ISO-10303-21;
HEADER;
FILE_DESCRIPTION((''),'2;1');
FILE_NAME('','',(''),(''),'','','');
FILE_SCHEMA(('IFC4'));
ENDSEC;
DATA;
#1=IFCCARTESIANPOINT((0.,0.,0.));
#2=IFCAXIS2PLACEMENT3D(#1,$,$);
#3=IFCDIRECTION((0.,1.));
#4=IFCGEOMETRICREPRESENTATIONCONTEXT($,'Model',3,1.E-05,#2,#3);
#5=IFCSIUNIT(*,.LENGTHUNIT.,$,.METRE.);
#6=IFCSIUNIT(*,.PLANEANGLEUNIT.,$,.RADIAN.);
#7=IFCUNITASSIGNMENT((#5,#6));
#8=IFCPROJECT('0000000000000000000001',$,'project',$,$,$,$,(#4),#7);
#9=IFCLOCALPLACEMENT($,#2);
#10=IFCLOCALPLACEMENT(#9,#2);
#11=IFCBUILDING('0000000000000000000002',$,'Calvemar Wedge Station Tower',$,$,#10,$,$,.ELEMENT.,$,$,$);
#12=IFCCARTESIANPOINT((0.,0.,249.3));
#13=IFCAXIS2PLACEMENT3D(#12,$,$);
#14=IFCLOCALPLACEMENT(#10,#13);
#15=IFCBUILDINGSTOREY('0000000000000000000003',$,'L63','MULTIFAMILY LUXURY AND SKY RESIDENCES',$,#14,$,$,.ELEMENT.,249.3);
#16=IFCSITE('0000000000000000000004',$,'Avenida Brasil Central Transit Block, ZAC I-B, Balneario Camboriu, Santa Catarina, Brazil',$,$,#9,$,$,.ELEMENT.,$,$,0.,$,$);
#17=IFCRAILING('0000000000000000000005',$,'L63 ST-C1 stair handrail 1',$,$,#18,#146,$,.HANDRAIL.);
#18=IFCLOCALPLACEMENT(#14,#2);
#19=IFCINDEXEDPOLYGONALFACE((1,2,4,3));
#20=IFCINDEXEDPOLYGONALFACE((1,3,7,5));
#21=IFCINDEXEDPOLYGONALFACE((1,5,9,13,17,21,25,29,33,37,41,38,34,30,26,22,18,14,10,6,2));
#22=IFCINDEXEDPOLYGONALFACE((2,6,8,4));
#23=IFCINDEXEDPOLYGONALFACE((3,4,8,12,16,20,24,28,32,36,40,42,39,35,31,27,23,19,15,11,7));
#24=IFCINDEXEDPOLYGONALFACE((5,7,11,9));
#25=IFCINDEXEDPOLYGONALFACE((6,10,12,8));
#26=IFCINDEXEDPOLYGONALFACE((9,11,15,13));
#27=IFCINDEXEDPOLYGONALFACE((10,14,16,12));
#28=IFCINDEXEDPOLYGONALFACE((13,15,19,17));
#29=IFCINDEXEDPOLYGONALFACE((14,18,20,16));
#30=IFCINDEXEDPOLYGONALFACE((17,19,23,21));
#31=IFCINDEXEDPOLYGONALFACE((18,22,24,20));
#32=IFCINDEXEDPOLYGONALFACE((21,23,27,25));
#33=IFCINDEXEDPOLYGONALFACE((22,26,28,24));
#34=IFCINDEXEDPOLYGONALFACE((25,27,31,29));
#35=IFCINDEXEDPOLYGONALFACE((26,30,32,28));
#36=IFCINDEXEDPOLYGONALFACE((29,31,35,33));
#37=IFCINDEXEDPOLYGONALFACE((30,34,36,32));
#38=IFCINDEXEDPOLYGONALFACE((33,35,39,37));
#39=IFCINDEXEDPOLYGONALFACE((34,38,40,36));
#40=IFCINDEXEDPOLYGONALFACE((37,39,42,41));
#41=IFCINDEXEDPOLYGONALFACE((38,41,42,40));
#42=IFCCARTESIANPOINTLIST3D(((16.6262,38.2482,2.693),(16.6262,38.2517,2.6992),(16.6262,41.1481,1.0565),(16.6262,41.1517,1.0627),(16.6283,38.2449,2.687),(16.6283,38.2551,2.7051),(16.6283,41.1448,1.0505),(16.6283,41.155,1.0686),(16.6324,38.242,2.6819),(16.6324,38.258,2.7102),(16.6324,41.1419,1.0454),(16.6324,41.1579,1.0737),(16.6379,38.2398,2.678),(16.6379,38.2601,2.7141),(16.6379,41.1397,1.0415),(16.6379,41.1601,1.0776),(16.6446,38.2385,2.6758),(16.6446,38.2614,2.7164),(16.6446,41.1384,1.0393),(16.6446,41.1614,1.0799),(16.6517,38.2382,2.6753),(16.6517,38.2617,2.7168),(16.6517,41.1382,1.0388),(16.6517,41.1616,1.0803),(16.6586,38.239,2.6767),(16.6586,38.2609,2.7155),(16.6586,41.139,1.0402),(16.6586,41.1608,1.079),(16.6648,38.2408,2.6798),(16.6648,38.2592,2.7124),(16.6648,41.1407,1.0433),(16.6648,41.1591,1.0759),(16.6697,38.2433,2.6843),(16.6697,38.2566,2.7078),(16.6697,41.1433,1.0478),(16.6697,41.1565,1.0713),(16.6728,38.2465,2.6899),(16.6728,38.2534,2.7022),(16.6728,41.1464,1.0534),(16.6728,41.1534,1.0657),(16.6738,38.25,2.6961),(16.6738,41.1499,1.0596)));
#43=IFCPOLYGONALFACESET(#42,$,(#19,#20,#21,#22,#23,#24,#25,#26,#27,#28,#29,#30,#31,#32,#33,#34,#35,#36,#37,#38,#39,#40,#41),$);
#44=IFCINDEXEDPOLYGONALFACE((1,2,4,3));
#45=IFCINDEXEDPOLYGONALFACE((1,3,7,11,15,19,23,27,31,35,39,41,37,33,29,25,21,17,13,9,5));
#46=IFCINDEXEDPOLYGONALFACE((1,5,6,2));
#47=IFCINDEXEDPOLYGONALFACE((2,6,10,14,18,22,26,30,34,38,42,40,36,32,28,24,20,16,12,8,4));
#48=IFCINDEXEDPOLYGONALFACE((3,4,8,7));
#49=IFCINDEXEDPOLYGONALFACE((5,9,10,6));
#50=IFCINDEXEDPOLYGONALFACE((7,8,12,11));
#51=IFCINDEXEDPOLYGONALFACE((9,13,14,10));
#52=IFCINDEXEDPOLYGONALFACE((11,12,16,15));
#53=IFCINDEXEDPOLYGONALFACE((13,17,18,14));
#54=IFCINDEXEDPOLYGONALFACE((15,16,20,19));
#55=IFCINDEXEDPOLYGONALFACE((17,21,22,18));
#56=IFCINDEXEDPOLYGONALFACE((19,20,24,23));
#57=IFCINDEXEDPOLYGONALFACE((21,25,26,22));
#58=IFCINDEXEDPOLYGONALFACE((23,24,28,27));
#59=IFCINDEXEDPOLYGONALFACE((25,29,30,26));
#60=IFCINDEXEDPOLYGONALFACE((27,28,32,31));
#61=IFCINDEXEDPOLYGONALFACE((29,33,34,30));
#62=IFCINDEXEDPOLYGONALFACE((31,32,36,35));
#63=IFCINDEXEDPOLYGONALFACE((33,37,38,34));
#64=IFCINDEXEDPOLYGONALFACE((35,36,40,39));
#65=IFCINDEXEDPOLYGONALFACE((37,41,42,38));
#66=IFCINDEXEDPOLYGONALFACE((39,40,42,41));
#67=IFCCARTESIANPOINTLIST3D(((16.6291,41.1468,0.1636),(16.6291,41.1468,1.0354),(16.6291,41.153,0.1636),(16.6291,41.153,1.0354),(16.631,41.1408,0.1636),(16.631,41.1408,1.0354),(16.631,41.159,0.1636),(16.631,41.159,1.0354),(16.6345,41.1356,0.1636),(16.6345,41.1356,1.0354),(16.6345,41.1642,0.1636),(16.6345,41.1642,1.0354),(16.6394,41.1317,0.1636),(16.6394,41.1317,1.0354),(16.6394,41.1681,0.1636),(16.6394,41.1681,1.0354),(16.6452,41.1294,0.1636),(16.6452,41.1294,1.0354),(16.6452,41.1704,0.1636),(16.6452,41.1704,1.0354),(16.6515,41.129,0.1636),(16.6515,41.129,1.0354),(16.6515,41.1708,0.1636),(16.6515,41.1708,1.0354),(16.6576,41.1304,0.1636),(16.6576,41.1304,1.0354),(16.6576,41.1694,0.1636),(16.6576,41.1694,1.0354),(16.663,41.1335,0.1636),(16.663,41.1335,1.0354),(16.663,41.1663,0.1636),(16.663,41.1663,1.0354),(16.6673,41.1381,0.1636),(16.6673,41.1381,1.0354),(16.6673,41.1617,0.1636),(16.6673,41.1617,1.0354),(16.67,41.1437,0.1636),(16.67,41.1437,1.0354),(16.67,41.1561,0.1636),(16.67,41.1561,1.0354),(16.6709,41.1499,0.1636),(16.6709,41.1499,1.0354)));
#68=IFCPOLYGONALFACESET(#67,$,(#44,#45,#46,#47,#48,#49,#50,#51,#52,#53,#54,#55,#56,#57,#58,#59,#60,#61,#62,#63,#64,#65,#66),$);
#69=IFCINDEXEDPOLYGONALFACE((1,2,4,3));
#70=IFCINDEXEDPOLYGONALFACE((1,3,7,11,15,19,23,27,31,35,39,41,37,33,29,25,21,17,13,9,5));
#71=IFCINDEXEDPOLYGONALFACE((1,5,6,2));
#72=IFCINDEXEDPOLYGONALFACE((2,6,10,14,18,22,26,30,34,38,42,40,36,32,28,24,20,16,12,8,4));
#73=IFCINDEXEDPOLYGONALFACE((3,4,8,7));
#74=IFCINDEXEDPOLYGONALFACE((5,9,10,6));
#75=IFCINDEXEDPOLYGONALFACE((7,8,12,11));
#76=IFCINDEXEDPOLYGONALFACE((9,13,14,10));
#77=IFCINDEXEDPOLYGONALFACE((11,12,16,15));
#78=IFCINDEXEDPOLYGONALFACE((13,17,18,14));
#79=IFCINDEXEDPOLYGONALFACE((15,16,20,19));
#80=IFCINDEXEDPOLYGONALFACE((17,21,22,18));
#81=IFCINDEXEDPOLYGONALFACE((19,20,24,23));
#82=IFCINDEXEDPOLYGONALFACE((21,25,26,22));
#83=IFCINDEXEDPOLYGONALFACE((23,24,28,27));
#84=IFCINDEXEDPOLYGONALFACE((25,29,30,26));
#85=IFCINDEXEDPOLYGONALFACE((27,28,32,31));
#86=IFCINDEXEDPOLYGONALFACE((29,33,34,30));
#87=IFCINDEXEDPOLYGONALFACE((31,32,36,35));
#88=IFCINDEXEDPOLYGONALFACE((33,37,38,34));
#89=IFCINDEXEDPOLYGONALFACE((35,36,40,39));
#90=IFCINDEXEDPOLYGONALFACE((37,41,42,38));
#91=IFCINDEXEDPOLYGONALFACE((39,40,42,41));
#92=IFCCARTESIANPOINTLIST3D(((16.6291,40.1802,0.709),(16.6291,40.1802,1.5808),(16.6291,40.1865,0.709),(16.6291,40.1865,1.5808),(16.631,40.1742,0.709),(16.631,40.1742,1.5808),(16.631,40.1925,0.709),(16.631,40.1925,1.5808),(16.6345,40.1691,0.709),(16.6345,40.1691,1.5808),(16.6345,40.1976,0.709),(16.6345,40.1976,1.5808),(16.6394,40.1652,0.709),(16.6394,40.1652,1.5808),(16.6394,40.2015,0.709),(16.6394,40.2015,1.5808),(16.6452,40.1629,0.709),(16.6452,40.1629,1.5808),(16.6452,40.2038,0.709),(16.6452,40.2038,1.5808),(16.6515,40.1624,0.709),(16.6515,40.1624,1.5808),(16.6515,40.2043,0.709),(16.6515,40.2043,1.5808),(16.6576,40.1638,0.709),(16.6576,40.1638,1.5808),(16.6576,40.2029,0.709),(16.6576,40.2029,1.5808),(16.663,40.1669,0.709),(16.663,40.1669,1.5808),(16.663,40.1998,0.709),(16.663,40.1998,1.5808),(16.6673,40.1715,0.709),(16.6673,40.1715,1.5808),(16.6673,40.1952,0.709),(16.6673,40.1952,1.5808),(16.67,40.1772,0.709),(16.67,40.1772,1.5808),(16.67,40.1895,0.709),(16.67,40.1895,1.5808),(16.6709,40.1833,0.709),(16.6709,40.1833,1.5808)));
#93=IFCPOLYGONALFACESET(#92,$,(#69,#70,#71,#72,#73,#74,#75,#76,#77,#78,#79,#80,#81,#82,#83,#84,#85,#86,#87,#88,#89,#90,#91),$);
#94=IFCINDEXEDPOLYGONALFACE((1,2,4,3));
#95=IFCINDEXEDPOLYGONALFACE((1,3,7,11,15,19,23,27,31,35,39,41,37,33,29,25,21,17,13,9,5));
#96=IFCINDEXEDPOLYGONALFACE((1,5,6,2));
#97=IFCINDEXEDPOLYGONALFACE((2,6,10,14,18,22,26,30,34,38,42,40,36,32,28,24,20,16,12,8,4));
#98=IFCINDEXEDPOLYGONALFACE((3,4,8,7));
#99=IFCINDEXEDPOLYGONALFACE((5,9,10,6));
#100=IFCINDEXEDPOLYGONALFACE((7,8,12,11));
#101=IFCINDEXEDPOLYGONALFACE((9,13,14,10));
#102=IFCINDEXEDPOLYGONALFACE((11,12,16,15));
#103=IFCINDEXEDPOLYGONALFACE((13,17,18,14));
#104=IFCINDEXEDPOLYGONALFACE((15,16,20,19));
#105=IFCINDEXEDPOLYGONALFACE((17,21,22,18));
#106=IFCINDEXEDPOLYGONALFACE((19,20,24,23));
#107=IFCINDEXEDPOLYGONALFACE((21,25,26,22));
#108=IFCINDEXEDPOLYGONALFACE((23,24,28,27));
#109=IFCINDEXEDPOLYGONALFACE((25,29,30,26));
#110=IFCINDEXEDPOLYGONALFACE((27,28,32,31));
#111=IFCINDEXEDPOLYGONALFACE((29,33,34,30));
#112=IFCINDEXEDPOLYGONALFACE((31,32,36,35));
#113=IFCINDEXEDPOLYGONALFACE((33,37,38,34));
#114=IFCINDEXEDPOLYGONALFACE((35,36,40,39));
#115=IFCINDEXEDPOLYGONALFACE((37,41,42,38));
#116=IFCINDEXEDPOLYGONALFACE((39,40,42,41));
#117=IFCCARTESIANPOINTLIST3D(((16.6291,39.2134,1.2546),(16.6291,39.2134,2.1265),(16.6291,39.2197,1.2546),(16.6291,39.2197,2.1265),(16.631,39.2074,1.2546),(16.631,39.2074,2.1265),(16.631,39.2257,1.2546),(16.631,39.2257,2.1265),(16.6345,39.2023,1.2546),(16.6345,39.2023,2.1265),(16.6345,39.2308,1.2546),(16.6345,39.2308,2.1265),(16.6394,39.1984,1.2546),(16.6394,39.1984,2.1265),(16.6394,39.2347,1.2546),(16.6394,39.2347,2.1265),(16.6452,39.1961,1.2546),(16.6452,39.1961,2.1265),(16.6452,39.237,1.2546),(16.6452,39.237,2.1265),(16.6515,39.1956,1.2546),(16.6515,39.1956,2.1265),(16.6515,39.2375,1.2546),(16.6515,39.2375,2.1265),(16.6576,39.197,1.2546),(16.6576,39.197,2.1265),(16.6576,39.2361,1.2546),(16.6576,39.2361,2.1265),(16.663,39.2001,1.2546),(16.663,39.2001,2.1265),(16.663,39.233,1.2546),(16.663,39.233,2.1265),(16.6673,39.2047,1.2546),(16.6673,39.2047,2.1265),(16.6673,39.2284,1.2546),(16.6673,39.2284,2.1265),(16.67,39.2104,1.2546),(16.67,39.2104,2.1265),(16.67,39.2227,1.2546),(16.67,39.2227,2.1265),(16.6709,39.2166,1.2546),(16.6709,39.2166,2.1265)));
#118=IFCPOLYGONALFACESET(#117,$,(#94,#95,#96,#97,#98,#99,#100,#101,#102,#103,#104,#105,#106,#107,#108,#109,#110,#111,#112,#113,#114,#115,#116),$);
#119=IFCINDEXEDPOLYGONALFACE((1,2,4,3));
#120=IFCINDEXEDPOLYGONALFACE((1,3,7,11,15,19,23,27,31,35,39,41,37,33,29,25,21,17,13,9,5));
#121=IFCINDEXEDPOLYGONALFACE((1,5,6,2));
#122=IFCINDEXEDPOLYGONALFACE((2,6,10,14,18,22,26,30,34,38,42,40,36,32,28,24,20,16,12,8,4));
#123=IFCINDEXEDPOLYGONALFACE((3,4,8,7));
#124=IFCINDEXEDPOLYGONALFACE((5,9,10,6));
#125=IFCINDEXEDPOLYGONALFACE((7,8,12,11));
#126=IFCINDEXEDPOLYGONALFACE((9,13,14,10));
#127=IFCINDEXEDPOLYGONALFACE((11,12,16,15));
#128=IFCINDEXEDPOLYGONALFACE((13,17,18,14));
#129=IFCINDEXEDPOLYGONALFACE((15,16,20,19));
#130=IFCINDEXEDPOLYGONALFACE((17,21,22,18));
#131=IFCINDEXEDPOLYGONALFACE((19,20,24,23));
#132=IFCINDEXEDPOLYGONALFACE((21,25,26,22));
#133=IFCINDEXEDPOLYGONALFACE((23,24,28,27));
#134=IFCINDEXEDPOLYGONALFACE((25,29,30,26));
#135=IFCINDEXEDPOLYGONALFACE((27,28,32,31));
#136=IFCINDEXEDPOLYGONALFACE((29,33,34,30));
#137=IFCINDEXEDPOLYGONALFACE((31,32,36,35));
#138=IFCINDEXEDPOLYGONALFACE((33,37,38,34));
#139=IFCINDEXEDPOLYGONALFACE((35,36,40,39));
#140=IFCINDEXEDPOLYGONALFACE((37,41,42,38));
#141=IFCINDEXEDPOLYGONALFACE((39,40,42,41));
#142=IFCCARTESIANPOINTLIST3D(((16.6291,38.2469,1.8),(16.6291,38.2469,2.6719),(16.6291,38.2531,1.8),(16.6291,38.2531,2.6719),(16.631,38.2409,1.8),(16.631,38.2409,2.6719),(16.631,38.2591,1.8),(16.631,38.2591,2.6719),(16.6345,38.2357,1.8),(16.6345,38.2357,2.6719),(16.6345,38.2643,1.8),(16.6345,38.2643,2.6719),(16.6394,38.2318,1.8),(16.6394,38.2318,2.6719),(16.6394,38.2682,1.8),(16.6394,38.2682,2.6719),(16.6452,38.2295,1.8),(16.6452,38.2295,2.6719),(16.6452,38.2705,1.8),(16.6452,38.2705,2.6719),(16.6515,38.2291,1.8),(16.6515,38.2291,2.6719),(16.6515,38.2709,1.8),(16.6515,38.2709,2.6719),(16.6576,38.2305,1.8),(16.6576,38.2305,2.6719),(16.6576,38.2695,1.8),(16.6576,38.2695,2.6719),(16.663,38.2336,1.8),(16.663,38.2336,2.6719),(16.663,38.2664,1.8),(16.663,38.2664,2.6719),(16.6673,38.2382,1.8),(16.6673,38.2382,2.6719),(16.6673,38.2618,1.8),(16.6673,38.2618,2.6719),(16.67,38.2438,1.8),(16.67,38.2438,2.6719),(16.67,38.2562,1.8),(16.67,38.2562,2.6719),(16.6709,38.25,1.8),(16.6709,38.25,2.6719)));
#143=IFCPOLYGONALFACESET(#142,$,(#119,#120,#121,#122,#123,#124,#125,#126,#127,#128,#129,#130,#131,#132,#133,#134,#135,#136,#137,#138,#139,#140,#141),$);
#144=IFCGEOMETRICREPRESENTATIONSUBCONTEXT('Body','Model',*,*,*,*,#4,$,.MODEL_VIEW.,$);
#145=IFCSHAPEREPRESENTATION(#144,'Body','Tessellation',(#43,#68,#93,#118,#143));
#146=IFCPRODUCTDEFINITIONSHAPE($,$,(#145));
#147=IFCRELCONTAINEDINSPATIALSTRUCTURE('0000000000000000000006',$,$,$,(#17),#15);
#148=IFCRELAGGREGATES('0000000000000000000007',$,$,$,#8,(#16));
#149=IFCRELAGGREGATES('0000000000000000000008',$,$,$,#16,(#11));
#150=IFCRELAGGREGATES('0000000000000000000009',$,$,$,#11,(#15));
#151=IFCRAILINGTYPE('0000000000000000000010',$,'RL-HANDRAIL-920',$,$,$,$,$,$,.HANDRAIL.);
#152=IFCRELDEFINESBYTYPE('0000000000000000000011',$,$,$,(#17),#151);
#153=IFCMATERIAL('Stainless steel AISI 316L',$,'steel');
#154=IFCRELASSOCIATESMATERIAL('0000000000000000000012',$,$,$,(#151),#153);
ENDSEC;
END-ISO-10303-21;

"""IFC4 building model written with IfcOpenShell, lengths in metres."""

from ifc_helpers import new_model, si_unit, direction, frame, origin, origin_2d, place, context, subcontext, project, spatial, circle, extrude, material, type_object, element, save


model = new_model("IFC4")

# Units and contexts
model_context = context("Model", 3, precision=1e-05, world=origin(), true_north=direction((0.0, 1.0)))
body_context = subcontext(model_context, "Body", "Model", "MODEL_VIEW")
ifc_project = project(units=[si_unit("LENGTHUNIT", "METRE"), si_unit("PLANEANGLEUNIT", "RADIAN")], contexts=[model_context])

# Site, building, storey
site_placement = place(None, origin())
site = spatial("IfcSite", under=ifc_project, at=site_placement, Name="Avenida Brasil Central Transit Block, ZAC I-B, Balneario Camboriu, Santa Catarina, Brazil", CompositionType="ELEMENT", RefElevation=0.0)
building_placement = place(site_placement, origin())
building = spatial("IfcBuilding", under=site, at=building_placement, Name="Calvemar Wedge Station Tower", CompositionType="ELEMENT")
storey_placement = place(building_placement, frame((0.0, 0.0, 249.3)))
storey = spatial("IfcBuildingStorey", under=building, at=storey_placement, Name="L63", Description="MULTIFAMILY LUXURY AND SKY RESIDENCES", CompositionType="ELEMENT", Elevation=249.3)

# Railing
ifc_material_1 = material(Name="Stainless steel AISI 316L", Category="steel")
railing_type_1 = type_object("IfcRailingType", Name="RL-HANDRAIL-920", PredefinedType="HANDRAIL", material=ifc_material_1)
railing_1_placement = place(storey_placement, frame((16.6499, 41.1499, 0.1636)))
element("IfcRailing", 1, at=railing_1_placement, inside=storey, type_object=railing_type_1, Name="L63 ST-C1 stair handrail 1", PredefinedType="HANDRAIL", context=body_context, shape_type="SweptSolid", body=[
    extrude(circle(Radius=0.0239, at=origin_2d()), frame((0.0, 0.0, 0.896), z_axis=(0.0, -0.870897, 0.491465), x_axis=(1.0, 0.0, 0.0)), (0.0, 0.0, 1.0), 3.3298),
    extrude(circle(Radius=0.021, at=origin_2d()), origin(), (0.0, 0.0, 1.0), 0.8718),
    extrude(circle(Radius=0.021, at=origin_2d()), frame((0.0, -0.9666, 0.5454)), (0.0, 0.0, 1.0), 0.8718),
    extrude(circle(Radius=0.021, at=origin_2d()), frame((0.0, -1.9333, 1.0911)), (0.0, 0.0, 1.0), 0.8718),
    extrude(circle(Radius=0.021, at=origin_2d()), frame((0.0, -2.8999, 1.6365)), (0.0, 0.0, 1.0), 0.8718),
])

save(model, "model.ifc")
